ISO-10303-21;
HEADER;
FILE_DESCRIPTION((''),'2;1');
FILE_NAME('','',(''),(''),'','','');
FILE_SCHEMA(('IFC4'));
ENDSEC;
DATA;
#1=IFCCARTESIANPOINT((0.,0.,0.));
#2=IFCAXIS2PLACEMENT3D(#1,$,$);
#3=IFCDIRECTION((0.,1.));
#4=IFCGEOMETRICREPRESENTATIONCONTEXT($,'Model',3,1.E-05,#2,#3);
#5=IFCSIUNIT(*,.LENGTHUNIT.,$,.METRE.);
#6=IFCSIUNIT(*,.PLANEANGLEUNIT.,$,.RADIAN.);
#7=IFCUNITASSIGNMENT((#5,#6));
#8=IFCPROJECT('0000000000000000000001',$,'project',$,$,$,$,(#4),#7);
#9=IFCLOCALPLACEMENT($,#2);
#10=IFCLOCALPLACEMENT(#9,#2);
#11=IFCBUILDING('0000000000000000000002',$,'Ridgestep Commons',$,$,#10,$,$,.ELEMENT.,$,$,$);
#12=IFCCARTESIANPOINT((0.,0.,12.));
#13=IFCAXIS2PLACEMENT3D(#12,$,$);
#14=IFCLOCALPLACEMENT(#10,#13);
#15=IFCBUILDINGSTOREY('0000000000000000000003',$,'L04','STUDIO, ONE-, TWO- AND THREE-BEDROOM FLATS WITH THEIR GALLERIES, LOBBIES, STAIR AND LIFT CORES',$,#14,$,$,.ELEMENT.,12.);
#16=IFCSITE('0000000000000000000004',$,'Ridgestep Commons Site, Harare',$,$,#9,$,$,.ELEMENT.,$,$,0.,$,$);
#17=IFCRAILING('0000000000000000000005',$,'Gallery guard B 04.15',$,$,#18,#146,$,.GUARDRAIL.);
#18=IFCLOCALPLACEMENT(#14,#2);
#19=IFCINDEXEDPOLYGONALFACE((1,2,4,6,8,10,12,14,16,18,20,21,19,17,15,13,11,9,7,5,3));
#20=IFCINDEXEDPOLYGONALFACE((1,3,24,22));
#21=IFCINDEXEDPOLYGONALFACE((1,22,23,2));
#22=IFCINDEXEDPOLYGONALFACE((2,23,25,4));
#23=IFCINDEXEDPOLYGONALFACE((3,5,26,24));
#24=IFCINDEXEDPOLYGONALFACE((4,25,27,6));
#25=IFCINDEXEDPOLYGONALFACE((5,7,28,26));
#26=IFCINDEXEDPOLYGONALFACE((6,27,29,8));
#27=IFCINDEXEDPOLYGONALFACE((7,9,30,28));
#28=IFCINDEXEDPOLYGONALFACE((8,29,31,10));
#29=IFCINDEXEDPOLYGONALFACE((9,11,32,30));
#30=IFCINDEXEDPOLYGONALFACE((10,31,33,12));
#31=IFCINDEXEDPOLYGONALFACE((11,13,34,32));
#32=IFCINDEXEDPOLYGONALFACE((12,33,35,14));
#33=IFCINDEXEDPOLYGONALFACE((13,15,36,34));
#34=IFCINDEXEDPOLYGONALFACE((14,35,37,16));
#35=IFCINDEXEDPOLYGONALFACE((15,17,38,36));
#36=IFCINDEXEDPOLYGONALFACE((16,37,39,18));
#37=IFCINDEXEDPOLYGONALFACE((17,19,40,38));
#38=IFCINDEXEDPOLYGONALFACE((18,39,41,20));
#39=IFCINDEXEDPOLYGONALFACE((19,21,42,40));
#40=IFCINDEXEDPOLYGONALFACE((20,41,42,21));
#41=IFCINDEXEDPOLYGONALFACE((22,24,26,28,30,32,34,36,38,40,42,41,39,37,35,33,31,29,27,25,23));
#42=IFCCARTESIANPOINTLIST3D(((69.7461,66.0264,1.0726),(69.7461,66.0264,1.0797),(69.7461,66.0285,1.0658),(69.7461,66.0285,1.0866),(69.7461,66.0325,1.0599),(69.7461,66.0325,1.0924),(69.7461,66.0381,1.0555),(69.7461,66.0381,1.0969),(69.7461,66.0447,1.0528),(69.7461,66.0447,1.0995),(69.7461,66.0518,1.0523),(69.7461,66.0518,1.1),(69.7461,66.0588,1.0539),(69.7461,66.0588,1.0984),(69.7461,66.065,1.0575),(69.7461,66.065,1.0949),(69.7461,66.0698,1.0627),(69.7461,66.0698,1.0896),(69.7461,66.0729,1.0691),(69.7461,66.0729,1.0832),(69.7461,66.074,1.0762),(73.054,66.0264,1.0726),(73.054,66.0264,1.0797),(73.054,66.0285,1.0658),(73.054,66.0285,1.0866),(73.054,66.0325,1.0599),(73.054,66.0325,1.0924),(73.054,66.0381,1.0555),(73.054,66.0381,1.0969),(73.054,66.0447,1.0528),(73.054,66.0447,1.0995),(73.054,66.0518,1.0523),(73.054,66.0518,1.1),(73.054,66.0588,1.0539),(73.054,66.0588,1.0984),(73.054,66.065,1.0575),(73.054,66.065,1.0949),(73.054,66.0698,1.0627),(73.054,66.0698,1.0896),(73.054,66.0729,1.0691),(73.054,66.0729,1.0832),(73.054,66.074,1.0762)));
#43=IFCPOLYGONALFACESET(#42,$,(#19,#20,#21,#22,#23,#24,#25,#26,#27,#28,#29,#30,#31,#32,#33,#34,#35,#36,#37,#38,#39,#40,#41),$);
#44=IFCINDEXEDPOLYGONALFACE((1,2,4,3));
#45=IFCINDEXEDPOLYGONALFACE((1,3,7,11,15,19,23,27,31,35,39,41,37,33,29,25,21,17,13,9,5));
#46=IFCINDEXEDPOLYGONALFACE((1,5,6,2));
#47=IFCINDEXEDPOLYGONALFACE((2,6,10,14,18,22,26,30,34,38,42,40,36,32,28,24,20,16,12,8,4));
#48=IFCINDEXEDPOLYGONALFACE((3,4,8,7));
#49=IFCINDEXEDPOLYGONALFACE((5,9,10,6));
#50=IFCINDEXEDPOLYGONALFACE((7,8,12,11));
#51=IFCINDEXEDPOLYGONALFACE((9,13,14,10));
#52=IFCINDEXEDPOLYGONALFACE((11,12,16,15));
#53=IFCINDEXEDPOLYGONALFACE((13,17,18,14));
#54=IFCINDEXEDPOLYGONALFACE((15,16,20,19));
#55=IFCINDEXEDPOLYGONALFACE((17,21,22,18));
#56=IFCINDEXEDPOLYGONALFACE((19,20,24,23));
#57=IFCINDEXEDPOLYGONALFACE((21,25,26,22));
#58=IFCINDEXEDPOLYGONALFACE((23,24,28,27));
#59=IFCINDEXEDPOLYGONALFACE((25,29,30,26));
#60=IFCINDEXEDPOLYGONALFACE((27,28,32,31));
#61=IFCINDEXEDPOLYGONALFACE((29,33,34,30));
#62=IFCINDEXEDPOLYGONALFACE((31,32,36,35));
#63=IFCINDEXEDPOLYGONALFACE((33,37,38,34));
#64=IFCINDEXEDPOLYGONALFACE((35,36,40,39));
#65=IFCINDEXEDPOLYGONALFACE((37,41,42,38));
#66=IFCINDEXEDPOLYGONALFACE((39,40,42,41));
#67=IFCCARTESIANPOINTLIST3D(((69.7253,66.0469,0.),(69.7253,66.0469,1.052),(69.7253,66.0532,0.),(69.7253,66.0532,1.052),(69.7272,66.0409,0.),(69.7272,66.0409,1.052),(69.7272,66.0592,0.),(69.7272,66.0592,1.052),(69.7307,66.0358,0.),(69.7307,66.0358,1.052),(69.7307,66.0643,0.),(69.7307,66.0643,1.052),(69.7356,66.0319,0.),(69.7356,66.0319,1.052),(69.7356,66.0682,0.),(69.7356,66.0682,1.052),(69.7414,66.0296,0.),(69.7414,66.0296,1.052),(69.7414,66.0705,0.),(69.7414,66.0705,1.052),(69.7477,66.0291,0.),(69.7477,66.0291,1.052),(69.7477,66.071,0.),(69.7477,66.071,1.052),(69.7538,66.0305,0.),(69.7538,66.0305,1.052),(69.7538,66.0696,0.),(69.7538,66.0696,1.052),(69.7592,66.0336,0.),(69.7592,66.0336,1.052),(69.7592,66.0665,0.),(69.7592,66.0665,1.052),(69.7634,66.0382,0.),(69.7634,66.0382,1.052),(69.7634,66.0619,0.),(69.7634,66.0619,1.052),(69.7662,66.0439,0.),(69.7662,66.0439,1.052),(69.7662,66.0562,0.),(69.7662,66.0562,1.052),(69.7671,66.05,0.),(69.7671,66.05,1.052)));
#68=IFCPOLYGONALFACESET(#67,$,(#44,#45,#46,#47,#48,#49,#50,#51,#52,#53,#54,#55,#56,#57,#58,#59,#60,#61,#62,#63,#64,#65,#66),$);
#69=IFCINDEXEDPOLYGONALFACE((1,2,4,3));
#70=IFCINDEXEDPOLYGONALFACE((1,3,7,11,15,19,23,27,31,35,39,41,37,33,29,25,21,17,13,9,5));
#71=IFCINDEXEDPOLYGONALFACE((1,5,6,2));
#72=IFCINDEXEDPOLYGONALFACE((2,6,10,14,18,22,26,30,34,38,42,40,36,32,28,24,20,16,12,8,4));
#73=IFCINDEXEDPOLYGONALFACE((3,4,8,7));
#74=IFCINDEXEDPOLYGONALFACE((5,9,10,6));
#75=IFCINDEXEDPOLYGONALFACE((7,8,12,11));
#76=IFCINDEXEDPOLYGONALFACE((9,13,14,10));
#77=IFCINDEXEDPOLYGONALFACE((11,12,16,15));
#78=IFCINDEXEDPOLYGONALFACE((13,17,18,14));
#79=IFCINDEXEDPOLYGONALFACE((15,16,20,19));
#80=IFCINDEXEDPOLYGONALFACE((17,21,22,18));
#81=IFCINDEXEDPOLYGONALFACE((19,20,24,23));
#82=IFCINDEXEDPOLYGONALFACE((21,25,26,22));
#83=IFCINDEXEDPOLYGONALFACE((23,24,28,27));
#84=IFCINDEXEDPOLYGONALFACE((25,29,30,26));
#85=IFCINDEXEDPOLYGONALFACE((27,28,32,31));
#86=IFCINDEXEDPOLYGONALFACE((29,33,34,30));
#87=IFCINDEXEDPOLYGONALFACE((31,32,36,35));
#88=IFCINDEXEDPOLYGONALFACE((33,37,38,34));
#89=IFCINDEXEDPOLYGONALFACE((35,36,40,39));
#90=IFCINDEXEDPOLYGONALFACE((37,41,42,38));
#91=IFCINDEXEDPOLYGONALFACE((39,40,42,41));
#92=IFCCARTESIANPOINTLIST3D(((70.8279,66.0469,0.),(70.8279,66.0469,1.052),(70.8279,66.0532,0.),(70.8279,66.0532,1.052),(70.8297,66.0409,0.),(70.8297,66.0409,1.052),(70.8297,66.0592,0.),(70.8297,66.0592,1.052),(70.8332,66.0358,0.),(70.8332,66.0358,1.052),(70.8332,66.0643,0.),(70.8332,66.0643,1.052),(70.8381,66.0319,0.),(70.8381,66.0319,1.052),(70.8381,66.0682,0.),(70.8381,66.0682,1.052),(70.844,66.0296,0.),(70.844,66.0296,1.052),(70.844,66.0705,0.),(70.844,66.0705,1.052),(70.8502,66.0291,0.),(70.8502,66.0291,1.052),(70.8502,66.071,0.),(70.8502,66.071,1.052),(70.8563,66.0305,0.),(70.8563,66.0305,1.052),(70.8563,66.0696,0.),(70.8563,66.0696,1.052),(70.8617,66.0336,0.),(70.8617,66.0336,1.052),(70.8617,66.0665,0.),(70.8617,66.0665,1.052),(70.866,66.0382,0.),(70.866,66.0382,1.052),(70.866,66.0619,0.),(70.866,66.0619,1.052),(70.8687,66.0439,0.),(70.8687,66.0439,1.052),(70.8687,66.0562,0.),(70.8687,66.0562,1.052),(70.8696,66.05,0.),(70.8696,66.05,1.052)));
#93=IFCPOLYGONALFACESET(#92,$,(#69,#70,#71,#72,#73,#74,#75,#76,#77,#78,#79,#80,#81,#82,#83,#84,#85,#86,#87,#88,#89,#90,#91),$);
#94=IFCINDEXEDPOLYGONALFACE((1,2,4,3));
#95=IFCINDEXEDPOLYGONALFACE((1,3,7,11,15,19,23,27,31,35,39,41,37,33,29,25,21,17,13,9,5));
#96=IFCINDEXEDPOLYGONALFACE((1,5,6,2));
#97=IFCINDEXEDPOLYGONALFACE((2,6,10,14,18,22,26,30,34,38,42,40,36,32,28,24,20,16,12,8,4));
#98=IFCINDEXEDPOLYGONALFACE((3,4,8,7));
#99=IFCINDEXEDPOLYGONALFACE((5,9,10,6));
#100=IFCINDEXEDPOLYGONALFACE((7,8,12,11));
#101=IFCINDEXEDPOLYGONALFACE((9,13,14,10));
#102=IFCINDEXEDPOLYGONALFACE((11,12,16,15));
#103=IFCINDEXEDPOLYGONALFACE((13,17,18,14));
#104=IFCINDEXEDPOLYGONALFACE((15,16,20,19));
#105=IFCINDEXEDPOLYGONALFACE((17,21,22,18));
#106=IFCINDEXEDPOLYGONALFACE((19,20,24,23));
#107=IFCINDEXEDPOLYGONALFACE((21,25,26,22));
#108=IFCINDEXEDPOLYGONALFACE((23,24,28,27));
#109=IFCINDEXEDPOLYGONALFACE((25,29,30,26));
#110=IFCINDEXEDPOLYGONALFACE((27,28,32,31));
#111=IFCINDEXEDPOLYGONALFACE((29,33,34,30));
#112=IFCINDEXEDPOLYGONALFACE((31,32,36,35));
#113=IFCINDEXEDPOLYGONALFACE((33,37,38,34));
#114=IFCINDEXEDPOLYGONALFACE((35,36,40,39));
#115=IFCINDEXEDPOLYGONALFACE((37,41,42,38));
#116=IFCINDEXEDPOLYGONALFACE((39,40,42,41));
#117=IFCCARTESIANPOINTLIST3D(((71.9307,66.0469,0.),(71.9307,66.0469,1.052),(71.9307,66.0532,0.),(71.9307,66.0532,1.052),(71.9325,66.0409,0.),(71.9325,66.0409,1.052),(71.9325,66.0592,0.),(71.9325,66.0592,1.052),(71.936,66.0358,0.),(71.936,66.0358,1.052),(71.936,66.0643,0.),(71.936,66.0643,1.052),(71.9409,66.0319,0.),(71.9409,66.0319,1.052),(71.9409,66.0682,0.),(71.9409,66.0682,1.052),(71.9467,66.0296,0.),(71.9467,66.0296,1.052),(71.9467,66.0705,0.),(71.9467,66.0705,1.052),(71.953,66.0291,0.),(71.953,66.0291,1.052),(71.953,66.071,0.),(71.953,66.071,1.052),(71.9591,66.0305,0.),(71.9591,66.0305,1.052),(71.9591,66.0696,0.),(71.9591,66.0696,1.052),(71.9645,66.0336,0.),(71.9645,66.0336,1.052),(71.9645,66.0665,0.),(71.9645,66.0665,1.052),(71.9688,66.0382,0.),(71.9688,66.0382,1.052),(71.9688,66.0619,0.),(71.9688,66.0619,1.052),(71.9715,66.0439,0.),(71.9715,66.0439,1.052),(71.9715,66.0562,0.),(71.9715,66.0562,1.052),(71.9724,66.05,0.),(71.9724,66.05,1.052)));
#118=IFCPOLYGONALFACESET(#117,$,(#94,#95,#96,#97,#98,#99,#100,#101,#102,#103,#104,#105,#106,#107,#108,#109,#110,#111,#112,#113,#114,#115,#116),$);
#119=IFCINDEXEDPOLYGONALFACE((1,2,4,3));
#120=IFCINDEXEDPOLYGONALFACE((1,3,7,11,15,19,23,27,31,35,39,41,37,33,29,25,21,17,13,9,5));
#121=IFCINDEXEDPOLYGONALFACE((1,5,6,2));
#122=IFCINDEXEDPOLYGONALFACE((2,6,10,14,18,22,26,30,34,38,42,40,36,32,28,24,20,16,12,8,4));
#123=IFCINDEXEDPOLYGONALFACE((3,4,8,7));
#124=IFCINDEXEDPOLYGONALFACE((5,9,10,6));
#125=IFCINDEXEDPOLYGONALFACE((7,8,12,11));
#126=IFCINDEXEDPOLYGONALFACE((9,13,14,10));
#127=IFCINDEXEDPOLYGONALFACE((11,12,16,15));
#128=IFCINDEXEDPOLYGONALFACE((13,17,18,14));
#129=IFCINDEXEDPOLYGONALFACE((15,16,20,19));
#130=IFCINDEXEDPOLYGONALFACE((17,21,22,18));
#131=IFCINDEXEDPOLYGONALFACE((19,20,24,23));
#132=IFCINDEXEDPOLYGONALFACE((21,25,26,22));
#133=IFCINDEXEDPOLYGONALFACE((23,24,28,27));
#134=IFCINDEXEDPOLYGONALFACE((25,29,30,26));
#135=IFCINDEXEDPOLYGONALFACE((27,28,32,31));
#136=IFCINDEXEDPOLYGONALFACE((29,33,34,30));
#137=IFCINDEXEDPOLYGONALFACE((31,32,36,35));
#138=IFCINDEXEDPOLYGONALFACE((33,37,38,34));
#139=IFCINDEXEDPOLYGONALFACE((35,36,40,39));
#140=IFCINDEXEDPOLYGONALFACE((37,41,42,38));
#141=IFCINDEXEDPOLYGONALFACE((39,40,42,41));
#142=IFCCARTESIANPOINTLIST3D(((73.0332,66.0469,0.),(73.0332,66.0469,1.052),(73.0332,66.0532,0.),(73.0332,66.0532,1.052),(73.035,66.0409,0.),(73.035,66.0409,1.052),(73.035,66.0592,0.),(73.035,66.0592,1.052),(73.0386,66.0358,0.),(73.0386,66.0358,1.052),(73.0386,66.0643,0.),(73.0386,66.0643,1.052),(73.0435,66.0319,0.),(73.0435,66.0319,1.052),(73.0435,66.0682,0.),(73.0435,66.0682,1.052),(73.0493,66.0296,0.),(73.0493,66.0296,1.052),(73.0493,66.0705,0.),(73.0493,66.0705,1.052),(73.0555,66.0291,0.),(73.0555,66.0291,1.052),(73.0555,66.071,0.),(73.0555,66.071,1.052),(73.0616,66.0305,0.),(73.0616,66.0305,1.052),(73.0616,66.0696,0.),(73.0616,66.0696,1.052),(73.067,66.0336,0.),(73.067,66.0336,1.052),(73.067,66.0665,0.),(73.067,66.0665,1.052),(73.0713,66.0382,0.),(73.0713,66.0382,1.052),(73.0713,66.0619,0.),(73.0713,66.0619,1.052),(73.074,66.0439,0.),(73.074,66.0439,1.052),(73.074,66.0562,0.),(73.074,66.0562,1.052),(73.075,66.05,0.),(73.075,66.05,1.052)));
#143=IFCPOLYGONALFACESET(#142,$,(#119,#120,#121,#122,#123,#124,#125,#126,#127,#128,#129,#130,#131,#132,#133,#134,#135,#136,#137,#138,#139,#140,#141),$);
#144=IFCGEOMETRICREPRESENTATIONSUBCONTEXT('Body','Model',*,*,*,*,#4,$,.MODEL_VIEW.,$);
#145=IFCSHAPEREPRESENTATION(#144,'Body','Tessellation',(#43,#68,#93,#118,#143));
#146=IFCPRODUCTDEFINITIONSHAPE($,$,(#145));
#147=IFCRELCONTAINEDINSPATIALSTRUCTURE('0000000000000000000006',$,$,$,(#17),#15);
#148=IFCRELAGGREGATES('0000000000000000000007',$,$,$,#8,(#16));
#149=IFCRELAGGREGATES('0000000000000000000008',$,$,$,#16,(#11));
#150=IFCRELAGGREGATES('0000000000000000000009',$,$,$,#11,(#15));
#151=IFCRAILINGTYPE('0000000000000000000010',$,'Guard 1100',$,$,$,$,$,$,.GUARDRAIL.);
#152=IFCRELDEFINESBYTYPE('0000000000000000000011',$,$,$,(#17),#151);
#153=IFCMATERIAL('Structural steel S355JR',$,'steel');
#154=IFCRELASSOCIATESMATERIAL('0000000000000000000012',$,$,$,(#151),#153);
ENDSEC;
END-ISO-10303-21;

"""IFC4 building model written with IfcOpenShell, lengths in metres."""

from ifc_helpers import new_model, si_unit, direction, frame, origin, origin_2d, place, context, subcontext, project, spatial, circle, extrude, material, type_object, element, save


model = new_model("IFC4")

# Units and contexts
model_context = context("Model", 3, precision=1e-05, world=origin(), true_north=direction((0.0, 1.0)))
body_context = subcontext(model_context, "Body", "Model", "MODEL_VIEW")
ifc_project = project(units=[si_unit("LENGTHUNIT", "METRE"), si_unit("PLANEANGLEUNIT", "RADIAN")], contexts=[model_context])

# Site, building, storey
site_placement = place(None, origin())
site = spatial("IfcSite", under=ifc_project, at=site_placement, Name="Ridgestep Commons Site, Harare", CompositionType="ELEMENT", RefElevation=0.0)
building_placement = place(site_placement, origin())
building = spatial("IfcBuilding", under=site, at=building_placement, Name="Ridgestep Commons", CompositionType="ELEMENT")
storey_placement = place(building_placement, frame((0.0, 0.0, 12.0)))
storey = spatial("IfcBuildingStorey", under=building, at=storey_placement, Name="L04", Description="STUDIO, ONE-, TWO- AND THREE-BEDROOM FLATS WITH THEIR GALLERIES, LOBBIES, STAIR AND LIFT CORES", CompositionType="ELEMENT", Elevation=12.0)

# Railing
ifc_material_1 = material(Name="Structural steel S355JR", Category="steel")
railing_type = type_object("IfcRailingType", Name="Guard 1100", PredefinedType="GUARDRAIL", material=ifc_material_1)
railing_1_placement = place(storey_placement, frame((69.7461, 66.05, 0.0)))
element("IfcRailing", 1, at=railing_1_placement, inside=storey, type_object=railing_type, Name="Gallery guard B 04.15", PredefinedType="GUARDRAIL", context=body_context, shape_type="SweptSolid", body=[
    extrude(circle(Radius=0.0239, at=origin_2d()), frame((0.0, 0.0, 1.0762), z_axis=(1.0, 0.0, 0.0), x_axis=(0.0, 1.0, 0.0)), (0.0, 0.0, 1.0), 3.3079),
    extrude(circle(Radius=0.021, at=origin_2d()), origin(), (0.0, 0.0, 1.0), 1.052),
    extrude(circle(Radius=0.021, at=origin_2d()), frame((1.1025, 0.0, 0.0)), (0.0, 0.0, 1.0), 1.052),
    extrude(circle(Radius=0.021, at=origin_2d()), frame((2.2053, 0.0, 0.0)), (0.0, 0.0, 1.0), 1.052),
    extrude(circle(Radius=0.021, at=origin_2d()), frame((3.3079, 0.0, 0.0)), (0.0, 0.0, 1.0), 1.052),
])

save(model, "model.ifc")
